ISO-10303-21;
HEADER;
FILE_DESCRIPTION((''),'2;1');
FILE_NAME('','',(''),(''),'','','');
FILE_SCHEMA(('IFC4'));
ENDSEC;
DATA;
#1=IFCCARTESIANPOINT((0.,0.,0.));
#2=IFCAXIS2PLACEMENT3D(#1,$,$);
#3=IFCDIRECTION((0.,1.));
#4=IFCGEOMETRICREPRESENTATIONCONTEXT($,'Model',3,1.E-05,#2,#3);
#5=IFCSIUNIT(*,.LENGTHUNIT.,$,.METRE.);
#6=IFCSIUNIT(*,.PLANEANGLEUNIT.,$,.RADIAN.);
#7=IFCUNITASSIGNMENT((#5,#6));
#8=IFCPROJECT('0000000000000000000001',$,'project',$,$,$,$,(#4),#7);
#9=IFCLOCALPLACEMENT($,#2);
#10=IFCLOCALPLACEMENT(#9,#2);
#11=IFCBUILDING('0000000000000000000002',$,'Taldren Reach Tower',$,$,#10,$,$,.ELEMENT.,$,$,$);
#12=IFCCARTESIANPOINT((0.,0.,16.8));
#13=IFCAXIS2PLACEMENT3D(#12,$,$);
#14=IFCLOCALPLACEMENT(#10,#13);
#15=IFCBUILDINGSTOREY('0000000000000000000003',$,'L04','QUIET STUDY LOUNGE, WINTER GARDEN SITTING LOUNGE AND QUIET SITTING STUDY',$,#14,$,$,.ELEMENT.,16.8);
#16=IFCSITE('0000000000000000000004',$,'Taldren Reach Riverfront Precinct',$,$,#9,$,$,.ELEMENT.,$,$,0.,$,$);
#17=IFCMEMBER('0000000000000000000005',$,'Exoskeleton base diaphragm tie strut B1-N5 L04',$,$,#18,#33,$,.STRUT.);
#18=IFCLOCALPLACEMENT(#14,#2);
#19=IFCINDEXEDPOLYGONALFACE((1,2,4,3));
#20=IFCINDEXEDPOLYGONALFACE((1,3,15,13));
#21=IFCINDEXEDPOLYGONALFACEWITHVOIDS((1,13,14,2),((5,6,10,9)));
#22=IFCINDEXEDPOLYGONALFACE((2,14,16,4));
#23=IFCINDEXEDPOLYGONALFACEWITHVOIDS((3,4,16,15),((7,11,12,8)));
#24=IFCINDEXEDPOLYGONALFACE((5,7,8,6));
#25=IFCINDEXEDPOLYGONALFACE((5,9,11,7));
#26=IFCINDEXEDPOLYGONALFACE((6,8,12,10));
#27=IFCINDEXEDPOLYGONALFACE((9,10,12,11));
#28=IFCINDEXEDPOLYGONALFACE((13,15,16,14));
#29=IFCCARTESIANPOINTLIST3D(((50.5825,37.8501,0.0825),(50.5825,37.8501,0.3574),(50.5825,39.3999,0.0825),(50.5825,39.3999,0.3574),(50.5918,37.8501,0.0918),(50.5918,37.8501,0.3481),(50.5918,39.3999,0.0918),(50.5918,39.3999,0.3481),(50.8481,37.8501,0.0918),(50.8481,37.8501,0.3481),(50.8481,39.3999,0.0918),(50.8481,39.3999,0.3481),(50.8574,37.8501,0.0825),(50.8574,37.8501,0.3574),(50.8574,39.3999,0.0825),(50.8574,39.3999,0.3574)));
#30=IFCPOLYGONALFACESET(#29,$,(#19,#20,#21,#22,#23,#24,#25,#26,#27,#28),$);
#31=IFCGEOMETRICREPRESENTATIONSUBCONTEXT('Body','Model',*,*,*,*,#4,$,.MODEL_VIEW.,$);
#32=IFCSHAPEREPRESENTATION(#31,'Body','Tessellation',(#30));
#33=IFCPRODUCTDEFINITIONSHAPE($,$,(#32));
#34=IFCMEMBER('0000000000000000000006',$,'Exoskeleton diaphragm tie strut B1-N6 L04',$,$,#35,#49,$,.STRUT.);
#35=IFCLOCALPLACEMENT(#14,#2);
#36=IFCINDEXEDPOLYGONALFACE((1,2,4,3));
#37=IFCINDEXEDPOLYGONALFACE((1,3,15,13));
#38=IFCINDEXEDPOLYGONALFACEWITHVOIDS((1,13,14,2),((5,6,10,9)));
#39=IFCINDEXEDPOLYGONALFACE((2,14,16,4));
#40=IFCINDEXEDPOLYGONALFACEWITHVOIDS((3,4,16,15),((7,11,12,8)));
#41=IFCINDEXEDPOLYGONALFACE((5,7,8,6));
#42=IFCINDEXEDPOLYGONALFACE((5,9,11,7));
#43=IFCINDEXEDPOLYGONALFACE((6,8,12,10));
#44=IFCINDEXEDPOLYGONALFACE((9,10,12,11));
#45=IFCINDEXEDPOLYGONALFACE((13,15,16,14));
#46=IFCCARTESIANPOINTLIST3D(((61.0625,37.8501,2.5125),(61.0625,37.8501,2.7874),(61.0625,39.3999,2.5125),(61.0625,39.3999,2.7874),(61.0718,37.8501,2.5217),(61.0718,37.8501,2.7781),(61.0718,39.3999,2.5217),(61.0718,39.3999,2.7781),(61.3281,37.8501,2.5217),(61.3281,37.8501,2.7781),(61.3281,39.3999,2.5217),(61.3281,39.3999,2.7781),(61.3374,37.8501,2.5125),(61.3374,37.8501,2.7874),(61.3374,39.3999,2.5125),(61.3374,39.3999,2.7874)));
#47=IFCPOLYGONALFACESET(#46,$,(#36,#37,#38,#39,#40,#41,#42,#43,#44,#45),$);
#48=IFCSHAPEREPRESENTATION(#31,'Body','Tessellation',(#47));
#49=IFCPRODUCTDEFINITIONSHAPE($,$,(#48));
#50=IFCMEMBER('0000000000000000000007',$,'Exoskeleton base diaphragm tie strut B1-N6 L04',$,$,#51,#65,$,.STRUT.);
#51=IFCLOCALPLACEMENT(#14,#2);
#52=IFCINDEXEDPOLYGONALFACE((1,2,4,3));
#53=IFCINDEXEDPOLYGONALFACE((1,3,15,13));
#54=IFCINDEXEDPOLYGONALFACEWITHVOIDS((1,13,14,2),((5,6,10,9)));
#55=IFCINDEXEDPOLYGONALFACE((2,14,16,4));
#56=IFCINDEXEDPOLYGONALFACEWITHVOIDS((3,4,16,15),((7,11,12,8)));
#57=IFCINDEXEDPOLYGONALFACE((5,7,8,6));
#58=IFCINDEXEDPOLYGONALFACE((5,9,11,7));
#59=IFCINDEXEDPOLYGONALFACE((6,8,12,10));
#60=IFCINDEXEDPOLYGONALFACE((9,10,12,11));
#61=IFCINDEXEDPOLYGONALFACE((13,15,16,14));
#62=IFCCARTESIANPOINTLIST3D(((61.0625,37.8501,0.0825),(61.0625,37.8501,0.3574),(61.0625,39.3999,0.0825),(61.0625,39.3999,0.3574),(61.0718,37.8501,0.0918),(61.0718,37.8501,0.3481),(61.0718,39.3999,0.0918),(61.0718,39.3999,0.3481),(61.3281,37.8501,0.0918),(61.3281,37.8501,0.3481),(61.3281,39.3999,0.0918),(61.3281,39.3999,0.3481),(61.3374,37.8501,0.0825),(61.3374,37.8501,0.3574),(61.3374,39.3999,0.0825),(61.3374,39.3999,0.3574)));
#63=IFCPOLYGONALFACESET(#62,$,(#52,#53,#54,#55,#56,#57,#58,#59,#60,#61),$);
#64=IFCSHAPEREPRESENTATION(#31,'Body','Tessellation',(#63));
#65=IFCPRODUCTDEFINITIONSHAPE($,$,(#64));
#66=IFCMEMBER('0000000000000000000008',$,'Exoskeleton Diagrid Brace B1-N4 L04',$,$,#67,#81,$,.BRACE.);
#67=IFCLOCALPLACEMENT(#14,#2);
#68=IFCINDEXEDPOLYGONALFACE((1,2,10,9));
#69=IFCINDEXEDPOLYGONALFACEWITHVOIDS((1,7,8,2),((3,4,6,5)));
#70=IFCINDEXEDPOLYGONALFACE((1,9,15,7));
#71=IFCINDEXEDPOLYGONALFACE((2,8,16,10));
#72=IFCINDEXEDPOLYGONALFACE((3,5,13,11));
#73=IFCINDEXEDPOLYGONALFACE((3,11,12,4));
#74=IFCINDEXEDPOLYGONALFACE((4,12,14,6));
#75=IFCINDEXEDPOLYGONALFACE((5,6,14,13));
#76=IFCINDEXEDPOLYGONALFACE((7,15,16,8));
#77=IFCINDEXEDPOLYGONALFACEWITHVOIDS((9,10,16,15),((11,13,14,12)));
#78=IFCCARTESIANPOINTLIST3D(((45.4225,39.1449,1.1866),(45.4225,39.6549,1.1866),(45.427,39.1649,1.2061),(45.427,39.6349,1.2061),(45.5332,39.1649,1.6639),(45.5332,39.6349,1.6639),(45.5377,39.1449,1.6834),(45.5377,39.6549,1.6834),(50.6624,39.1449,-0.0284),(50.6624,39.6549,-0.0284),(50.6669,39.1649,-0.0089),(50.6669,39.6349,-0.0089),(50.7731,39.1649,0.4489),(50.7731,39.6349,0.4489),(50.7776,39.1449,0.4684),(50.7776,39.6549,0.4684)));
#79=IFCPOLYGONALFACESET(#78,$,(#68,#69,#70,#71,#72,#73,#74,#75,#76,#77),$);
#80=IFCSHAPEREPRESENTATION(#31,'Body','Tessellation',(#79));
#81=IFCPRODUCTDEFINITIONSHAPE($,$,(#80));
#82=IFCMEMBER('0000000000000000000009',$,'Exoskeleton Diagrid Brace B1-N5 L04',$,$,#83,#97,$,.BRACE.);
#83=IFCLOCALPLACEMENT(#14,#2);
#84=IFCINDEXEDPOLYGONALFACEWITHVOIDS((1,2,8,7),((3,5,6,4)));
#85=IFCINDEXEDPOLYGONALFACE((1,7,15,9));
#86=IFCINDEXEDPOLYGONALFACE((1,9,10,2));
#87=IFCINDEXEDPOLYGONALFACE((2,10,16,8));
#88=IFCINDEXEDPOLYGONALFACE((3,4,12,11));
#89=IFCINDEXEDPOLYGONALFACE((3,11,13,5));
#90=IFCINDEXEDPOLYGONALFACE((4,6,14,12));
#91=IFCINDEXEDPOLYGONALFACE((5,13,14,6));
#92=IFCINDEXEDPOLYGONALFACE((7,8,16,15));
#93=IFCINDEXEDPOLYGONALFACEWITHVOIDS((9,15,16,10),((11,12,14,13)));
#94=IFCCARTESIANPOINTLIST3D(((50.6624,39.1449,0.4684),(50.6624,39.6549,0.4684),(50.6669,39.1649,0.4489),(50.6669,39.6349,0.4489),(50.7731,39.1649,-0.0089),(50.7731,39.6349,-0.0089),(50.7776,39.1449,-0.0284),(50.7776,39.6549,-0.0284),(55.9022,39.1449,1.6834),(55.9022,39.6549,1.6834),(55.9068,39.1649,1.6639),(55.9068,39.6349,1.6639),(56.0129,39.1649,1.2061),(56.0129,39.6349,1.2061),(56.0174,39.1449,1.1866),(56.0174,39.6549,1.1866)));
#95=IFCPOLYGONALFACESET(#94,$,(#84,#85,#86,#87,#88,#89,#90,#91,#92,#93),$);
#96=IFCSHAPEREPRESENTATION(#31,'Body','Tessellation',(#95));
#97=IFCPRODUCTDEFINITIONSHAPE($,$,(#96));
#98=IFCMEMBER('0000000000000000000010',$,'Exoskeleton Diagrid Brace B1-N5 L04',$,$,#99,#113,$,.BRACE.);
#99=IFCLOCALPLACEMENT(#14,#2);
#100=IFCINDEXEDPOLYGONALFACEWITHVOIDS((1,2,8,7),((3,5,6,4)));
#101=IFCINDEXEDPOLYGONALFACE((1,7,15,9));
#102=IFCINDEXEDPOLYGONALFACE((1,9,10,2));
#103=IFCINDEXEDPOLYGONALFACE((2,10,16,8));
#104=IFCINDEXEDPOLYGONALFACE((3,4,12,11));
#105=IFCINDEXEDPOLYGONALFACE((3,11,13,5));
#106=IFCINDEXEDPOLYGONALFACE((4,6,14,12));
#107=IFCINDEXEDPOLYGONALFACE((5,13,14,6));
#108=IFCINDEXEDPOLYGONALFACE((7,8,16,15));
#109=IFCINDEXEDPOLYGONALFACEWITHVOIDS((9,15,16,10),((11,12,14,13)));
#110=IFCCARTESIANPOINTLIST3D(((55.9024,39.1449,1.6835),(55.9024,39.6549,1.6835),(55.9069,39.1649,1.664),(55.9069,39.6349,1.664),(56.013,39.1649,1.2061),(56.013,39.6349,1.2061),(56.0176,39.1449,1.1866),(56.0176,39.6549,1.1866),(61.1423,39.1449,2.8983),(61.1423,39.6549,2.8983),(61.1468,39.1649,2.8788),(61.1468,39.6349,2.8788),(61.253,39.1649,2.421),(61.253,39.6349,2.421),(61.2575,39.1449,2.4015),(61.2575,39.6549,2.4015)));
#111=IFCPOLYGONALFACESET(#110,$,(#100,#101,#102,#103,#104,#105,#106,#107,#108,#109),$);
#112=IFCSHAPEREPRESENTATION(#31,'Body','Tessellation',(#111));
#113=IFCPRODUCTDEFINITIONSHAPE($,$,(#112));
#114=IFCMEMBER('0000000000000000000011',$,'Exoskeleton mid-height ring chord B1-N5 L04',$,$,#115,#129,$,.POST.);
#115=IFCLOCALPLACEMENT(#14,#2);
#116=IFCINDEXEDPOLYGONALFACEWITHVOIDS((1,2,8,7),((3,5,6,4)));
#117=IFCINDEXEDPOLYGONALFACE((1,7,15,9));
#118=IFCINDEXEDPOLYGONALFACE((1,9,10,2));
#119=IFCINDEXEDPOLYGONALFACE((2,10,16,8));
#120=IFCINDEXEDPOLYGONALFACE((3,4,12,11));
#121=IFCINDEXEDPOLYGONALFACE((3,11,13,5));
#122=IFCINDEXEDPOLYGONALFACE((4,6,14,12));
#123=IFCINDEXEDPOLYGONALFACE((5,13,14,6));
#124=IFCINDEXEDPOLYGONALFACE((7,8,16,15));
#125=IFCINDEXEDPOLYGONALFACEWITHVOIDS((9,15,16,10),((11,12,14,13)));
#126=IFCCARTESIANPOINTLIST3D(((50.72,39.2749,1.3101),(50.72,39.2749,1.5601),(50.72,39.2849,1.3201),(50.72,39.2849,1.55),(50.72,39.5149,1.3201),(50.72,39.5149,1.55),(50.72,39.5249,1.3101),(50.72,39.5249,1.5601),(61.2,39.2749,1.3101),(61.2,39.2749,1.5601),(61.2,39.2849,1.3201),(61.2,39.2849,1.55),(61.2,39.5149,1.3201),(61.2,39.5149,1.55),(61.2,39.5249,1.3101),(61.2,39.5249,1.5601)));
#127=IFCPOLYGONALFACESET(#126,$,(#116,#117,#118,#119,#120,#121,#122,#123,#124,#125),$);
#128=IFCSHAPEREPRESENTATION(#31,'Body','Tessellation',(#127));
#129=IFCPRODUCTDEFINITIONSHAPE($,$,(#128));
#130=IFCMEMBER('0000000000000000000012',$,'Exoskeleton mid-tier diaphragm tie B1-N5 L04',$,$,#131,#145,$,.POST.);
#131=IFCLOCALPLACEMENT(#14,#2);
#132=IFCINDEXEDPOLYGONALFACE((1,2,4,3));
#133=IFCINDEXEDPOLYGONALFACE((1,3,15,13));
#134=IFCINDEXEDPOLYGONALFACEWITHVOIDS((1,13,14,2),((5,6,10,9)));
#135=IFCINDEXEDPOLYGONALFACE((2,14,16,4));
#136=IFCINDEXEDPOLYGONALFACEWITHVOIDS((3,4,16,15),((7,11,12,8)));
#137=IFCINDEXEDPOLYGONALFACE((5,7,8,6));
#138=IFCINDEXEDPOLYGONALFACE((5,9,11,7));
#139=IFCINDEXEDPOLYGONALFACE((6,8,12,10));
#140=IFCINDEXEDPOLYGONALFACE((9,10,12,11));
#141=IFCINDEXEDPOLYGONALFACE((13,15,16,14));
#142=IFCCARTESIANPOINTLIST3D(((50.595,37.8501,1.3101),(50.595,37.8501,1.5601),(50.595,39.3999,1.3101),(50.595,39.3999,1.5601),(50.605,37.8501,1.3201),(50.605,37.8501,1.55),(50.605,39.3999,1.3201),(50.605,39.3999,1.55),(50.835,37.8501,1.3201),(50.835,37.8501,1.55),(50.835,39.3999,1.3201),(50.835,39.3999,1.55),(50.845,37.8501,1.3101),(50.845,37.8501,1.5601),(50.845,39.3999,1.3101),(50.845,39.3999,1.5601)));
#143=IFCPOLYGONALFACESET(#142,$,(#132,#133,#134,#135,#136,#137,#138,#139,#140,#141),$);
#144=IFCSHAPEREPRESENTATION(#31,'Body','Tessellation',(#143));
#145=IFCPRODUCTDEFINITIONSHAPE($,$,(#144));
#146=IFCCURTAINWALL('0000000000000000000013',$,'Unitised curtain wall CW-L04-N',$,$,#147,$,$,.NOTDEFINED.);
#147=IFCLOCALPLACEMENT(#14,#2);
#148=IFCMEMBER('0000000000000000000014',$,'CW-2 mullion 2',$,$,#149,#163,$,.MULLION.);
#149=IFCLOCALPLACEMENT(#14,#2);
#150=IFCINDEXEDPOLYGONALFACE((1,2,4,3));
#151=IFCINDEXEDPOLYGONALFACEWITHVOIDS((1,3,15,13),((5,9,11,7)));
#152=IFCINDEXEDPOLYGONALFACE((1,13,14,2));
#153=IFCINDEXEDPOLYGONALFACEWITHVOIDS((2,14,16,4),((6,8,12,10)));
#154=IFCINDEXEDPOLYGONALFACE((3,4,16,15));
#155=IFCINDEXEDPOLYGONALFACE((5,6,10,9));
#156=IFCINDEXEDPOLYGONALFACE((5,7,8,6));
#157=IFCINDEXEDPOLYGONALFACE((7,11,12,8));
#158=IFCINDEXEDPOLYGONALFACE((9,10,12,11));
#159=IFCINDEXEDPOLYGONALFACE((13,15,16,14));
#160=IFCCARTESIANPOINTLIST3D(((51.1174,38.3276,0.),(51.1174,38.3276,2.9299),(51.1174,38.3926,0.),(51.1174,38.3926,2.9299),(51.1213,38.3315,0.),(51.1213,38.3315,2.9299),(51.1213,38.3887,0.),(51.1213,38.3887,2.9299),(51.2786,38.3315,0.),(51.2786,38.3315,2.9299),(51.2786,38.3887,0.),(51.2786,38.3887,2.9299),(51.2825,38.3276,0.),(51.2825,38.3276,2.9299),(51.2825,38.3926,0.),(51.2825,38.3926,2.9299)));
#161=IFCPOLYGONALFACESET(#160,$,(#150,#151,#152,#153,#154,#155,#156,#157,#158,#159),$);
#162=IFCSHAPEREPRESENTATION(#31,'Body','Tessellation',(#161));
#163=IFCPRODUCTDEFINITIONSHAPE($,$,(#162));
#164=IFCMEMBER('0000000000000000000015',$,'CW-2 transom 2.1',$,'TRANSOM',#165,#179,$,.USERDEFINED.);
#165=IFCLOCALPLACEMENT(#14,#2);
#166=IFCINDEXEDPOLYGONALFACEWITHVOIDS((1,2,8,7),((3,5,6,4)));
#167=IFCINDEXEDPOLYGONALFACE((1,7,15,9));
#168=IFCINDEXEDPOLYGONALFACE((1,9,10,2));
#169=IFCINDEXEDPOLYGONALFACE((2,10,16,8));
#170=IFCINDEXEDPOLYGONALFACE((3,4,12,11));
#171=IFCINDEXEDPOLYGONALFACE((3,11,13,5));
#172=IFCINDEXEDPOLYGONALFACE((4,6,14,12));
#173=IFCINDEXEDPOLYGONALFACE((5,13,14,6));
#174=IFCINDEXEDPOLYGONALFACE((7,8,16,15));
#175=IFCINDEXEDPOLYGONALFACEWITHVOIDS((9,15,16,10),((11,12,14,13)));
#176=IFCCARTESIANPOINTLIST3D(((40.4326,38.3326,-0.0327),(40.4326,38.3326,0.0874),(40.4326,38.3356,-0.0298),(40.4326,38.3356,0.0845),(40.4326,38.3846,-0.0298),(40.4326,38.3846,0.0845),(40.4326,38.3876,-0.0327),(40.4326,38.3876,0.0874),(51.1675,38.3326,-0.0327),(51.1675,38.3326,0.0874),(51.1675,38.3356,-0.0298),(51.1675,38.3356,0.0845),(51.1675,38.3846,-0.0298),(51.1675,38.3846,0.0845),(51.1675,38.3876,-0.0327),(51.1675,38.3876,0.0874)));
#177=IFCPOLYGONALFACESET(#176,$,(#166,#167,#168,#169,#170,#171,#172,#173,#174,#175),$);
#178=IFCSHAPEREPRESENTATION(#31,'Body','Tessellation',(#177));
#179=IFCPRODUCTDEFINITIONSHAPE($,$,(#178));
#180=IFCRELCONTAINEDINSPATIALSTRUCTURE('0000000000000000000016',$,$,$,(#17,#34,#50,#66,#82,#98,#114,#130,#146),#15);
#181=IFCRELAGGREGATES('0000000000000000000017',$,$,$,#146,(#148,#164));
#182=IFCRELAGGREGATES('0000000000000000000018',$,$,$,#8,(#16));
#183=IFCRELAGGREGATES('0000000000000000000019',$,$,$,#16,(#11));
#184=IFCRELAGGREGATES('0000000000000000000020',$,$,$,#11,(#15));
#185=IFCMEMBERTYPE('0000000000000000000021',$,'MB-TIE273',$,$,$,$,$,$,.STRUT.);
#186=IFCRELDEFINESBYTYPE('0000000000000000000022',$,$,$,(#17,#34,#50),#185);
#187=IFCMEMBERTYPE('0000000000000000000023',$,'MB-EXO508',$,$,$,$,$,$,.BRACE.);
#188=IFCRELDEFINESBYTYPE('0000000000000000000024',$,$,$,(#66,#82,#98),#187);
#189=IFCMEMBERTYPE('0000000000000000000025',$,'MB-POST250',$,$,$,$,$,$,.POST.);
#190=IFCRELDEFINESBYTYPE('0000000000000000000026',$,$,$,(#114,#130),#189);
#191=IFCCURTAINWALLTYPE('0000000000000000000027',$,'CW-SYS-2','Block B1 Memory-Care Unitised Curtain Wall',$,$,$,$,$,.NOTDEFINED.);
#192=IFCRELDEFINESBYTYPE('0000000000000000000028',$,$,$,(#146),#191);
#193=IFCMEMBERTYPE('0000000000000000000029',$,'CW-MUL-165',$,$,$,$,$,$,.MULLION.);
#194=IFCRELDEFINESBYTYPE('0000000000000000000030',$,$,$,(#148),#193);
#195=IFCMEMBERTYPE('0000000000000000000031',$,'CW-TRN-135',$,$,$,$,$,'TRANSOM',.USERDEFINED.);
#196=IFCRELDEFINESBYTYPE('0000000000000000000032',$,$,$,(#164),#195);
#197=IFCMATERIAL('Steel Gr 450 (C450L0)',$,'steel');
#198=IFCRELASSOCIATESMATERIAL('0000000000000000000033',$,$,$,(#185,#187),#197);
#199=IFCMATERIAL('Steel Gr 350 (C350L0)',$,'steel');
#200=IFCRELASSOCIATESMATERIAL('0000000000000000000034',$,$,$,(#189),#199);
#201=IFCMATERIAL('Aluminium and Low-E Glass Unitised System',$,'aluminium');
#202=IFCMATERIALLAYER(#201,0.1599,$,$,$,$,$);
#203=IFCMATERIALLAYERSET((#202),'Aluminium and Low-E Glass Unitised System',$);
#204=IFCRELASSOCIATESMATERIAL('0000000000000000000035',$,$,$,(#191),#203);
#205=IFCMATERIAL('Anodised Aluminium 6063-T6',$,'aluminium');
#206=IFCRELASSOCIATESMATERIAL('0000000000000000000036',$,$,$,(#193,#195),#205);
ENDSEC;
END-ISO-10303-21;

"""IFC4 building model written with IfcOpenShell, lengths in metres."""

from ifc_helpers import new_model, si_unit, direction, frame, origin, origin_2d, place, context, subcontext, project, spatial, hollow_rectangle, extrude, source, transform, mapped, material, layer, layer_set, material_profile, profile_set, type_object, element, aggregate, save


model = new_model("IFC4")

# Units and contexts
model_context = context("Model", 3, precision=1e-05, world=origin(), true_north=direction((0.0, 1.0)))
body_context = subcontext(model_context, "Body", "Model", "MODEL_VIEW")
ifc_project = project(units=[si_unit("LENGTHUNIT", "METRE"), si_unit("PLANEANGLEUNIT", "RADIAN")], contexts=[model_context])

# Site, building, storey
site_placement = place(None, origin())
site = spatial("IfcSite", under=ifc_project, at=site_placement, Name="Taldren Reach Riverfront Precinct", CompositionType="ELEMENT", RefElevation=0.0)
building_placement = place(site_placement, origin())
building = spatial("IfcBuilding", under=site, at=building_placement, Name="Taldren Reach Tower", CompositionType="ELEMENT")
storey_placement = place(building_placement, frame((0.0, 0.0, 16.8)))
storey = spatial("IfcBuildingStorey", under=building, at=storey_placement, Name="L04", Description="QUIET STUDY LOUNGE, WINTER GARDEN SITTING LOUNGE AND QUIET SITTING STUDY", CompositionType="ELEMENT", Elevation=16.8)

# Members
ifc_material_1 = material(Name="Steel Gr 450 (C450L0)", Category="steel")
ifc_material_profile_1 = material_profile(ifc_material_1, hollow_rectangle(XDim=0.2749, YDim=0.2749, WallThickness=0.0093, at=origin_2d()), Name="275x275x9.3SHS")
ifc_profile_set_1 = profile_set([ifc_material_profile_1], Name="Steel Gr 450 (C450L0)")
member_type_1 = type_object("IfcMemberType", Name="MB-TIE273", PredefinedType="STRUT", material=ifc_profile_set_1)
shared_shape_1 = source(origin(), body_context, "Body", "SweptSolid", [
    extrude(hollow_rectangle(XDim=0.2749, YDim=0.2749, WallThickness=0.0093, at=origin_2d()), origin(), (0.0, 0.0, 1.0), 1.5498),
])
for number, where, z_axis, x_axis, name in (
    (1, (50.72, 37.8501, 0.22), (0.0, 1.0, 0.0), (-1.0, 0.0, 0.0), "Exoskeleton base diaphragm tie strut B1-N5 L04"),
    (2, (61.2, 37.8501, 2.6499), (0.0, 1.0, 0.0), (-1.0, 0.0, 0.0), "Exoskeleton diaphragm tie strut B1-N6 L04"),
    (3, (61.2, 37.8501, 0.22), (0.0, 1.0, 0.0), (-1.0, 0.0, 0.0), "Exoskeleton base diaphragm tie strut B1-N6 L04"),
):
    element("IfcMember", number, at=place(storey_placement, frame(where, z_axis=z_axis, x_axis=x_axis)), inside=storey, type_object=member_type_1, Name=name, PredefinedType="STRUT", context=body_context, shape_type="MappedRepresentation", body=[
        mapped(shared_shape_1, transform((0.0, 0.0, 0.0), scale=1.0)),
    ])
ifc_material_profile_2 = material_profile(ifc_material_1, hollow_rectangle(XDim=0.51, YDim=0.51, WallThickness=0.02, at=origin_2d()), Name="510x510x20.0SHS")
ifc_profile_set_2 = profile_set([ifc_material_profile_2], Name="Steel Gr 450 (C450L0)")
member_type_2 = type_object("IfcMemberType", Name="MB-EXO508", PredefinedType="BRACE", material=ifc_profile_set_2)
shared_shape_2 = source(origin(), body_context, "Body", "SweptSolid", [
    extrude(hollow_rectangle(XDim=0.51, YDim=0.51, WallThickness=0.02, at=origin_2d()), origin(), (0.0, 0.0, 1.0), 5.3789),
])
for number, where, z_axis, x_axis, name in (
    (4, (50.72, 39.3999, 0.22), (-0.974152, 0.0, 0.225894), (0.0, -1.0, 0.0), "Exoskeleton Diagrid Brace B1-N4 L04"),
    (5, (50.72, 39.3999, 0.22), (0.974152, 0.0, 0.225894), (0.0, 1.0, 0.0), "Exoskeleton Diagrid Brace B1-N5 L04"),
    (6, (55.96, 39.3999, 1.4351), (0.974162, 0.0, 0.225851), (0.0, 1.0, 0.0), "Exoskeleton Diagrid Brace B1-N5 L04"),
):
    element("IfcMember", number, at=place(storey_placement, frame(where, z_axis=z_axis, x_axis=x_axis)), inside=storey, type_object=member_type_2, Name=name, PredefinedType="BRACE", context=body_context, shape_type="MappedRepresentation", body=[
        mapped(shared_shape_2, transform((0.0, 0.0, 0.0), scale=1.0)),
    ])
ifc_material_2 = material(Name="Steel Gr 350 (C350L0)", Category="steel")
ifc_material_profile_3 = material_profile(ifc_material_2, hollow_rectangle(XDim=0.25, YDim=0.25, WallThickness=0.01, at=origin_2d()), Name="250x250x10.0SHS")
ifc_profile_set_3 = profile_set([ifc_material_profile_3], Name="Steel Gr 350 (C350L0)")
member_type_3 = type_object("IfcMemberType", Name="MB-POST250", PredefinedType="POST", material=ifc_profile_set_3)
shared_shape_3 = source(origin(), body_context, "Body", "SweptSolid", [
    extrude(hollow_rectangle(XDim=0.25, YDim=0.25, WallThickness=0.01, at=origin_2d()), origin(), (0.0, 0.0, 1.0), 10.48),
])
member_1_placement = place(storey_placement, frame((50.72, 39.3999, 1.4351), z_axis=(1.0, 0.0, 0.0), x_axis=(0.0, 1.0, 0.0)))
element("IfcMember", 7, at=member_1_placement, inside=storey, type_object=member_type_3, Name="Exoskeleton mid-height ring chord B1-N5 L04", PredefinedType="POST", context=body_context, shape_type="MappedRepresentation", body=[
    mapped(shared_shape_3, transform((0.0, 0.0, 0.0), scale=1.0)),
])
shared_shape_4 = source(origin(), body_context, "Body", "SweptSolid", [
    extrude(hollow_rectangle(XDim=0.25, YDim=0.25, WallThickness=0.01, at=origin_2d()), origin(), (0.0, 0.0, 1.0), 1.5498),
])
member_2_placement = place(storey_placement, frame((50.72, 37.8501, 1.4351), z_axis=(0.0, 1.0, 0.0), x_axis=(-1.0, 0.0, 0.0)))
element("IfcMember", 8, at=member_2_placement, inside=storey, type_object=member_type_3, Name="Exoskeleton mid-tier diaphragm tie B1-N5 L04", PredefinedType="POST", context=body_context, shape_type="MappedRepresentation", body=[
    mapped(shared_shape_4, transform((0.0, 0.0, 0.0), scale=1.0)),
])

# Curtain wall, members
ifc_material_3 = material(Name="Aluminium and Low-E Glass Unitised System", Category="aluminium")
ifc_layer_1 = layer(ifc_material_3, 0.1599)
ifc_layer_set_1 = layer_set([ifc_layer_1], Name="Aluminium and Low-E Glass Unitised System")
curtain_wall_type = type_object("IfcCurtainWallType", Name="CW-SYS-2", Description="Block B1 Memory-Care Unitised Curtain Wall", PredefinedType="NOTDEFINED", material=ifc_layer_set_1)
curtain_wall_placement = place(storey_placement, origin())
curtain_wall = element("IfcCurtainWall", 9, at=curtain_wall_placement, inside=storey, type_object=curtain_wall_type, Name="Unitised curtain wall CW-L04-N", PredefinedType="NOTDEFINED")
ifc_material_4 = material(Name="Anodised Aluminium 6063-T6", Category="aluminium")
ifc_material_profile_4 = material_profile(ifc_material_4, hollow_rectangle(XDim=0.0649, YDim=0.165, WallThickness=0.0039, at=origin_2d()), Name="ALU-165x65x4RHS")
ifc_profile_set_4 = profile_set([ifc_material_profile_4], Name="Anodised Aluminium 6063-T6")
member_type_4 = type_object("IfcMemberType", Name="CW-MUL-165", PredefinedType="MULLION", material=ifc_profile_set_4)
shared_shape_5 = source(origin(), body_context, "Body", "SweptSolid", [
    extrude(hollow_rectangle(XDim=0.0649, YDim=0.165, WallThickness=0.0039, at=origin_2d()), origin(), (0.0, 0.0, 1.0), 2.9299),
])
member_3_placement = place(storey_placement, frame((51.2, 38.3601, 0.0), z_axis=(0.0, 0.0, 1.0), x_axis=(0.0, -1.0, 0.0)))
member_3 = element("IfcMember", 10, at=member_3_placement, type_object=member_type_4, Name="CW-2 mullion 2", PredefinedType="MULLION", context=body_context, shape_type="MappedRepresentation", body=[
    mapped(shared_shape_5, transform((0.0, 0.0, 0.0), scale=1.0)),
])
ifc_material_profile_5 = material_profile(ifc_material_4, hollow_rectangle(XDim=0.0549, YDim=0.1201, WallThickness=0.0029, at=origin_2d()), Name="ALU-120x55x3RHS")
ifc_profile_set_5 = profile_set([ifc_material_profile_5], Name="Anodised Aluminium 6063-T6")
member_type_5 = type_object("IfcMemberType", Name="CW-TRN-135", ElementType="TRANSOM", PredefinedType="USERDEFINED", material=ifc_profile_set_5)
shared_shape_6 = source(origin(), body_context, "Body", "SweptSolid", [
    extrude(hollow_rectangle(XDim=0.0549, YDim=0.1201, WallThickness=0.0029, at=origin_2d()), origin(), (0.0, 0.0, 1.0), 10.7349),
])
member_4_placement = place(storey_placement, frame((51.1675, 38.3601, 0.0273), z_axis=(-1.0, 0.0, 0.0), x_axis=(0.0, -1.0, 0.0)))
member_4 = element("IfcMember", 11, at=member_4_placement, type_object=member_type_5, Name="CW-2 transom 2.1", ObjectType="TRANSOM", PredefinedType="USERDEFINED", context=body_context, shape_type="MappedRepresentation", body=[
    mapped(shared_shape_6, transform((0.0, 0.0, 0.0), scale=1.0)),
])

aggregate(curtain_wall, [member_3, member_4])

save(model, "model.ifc")
